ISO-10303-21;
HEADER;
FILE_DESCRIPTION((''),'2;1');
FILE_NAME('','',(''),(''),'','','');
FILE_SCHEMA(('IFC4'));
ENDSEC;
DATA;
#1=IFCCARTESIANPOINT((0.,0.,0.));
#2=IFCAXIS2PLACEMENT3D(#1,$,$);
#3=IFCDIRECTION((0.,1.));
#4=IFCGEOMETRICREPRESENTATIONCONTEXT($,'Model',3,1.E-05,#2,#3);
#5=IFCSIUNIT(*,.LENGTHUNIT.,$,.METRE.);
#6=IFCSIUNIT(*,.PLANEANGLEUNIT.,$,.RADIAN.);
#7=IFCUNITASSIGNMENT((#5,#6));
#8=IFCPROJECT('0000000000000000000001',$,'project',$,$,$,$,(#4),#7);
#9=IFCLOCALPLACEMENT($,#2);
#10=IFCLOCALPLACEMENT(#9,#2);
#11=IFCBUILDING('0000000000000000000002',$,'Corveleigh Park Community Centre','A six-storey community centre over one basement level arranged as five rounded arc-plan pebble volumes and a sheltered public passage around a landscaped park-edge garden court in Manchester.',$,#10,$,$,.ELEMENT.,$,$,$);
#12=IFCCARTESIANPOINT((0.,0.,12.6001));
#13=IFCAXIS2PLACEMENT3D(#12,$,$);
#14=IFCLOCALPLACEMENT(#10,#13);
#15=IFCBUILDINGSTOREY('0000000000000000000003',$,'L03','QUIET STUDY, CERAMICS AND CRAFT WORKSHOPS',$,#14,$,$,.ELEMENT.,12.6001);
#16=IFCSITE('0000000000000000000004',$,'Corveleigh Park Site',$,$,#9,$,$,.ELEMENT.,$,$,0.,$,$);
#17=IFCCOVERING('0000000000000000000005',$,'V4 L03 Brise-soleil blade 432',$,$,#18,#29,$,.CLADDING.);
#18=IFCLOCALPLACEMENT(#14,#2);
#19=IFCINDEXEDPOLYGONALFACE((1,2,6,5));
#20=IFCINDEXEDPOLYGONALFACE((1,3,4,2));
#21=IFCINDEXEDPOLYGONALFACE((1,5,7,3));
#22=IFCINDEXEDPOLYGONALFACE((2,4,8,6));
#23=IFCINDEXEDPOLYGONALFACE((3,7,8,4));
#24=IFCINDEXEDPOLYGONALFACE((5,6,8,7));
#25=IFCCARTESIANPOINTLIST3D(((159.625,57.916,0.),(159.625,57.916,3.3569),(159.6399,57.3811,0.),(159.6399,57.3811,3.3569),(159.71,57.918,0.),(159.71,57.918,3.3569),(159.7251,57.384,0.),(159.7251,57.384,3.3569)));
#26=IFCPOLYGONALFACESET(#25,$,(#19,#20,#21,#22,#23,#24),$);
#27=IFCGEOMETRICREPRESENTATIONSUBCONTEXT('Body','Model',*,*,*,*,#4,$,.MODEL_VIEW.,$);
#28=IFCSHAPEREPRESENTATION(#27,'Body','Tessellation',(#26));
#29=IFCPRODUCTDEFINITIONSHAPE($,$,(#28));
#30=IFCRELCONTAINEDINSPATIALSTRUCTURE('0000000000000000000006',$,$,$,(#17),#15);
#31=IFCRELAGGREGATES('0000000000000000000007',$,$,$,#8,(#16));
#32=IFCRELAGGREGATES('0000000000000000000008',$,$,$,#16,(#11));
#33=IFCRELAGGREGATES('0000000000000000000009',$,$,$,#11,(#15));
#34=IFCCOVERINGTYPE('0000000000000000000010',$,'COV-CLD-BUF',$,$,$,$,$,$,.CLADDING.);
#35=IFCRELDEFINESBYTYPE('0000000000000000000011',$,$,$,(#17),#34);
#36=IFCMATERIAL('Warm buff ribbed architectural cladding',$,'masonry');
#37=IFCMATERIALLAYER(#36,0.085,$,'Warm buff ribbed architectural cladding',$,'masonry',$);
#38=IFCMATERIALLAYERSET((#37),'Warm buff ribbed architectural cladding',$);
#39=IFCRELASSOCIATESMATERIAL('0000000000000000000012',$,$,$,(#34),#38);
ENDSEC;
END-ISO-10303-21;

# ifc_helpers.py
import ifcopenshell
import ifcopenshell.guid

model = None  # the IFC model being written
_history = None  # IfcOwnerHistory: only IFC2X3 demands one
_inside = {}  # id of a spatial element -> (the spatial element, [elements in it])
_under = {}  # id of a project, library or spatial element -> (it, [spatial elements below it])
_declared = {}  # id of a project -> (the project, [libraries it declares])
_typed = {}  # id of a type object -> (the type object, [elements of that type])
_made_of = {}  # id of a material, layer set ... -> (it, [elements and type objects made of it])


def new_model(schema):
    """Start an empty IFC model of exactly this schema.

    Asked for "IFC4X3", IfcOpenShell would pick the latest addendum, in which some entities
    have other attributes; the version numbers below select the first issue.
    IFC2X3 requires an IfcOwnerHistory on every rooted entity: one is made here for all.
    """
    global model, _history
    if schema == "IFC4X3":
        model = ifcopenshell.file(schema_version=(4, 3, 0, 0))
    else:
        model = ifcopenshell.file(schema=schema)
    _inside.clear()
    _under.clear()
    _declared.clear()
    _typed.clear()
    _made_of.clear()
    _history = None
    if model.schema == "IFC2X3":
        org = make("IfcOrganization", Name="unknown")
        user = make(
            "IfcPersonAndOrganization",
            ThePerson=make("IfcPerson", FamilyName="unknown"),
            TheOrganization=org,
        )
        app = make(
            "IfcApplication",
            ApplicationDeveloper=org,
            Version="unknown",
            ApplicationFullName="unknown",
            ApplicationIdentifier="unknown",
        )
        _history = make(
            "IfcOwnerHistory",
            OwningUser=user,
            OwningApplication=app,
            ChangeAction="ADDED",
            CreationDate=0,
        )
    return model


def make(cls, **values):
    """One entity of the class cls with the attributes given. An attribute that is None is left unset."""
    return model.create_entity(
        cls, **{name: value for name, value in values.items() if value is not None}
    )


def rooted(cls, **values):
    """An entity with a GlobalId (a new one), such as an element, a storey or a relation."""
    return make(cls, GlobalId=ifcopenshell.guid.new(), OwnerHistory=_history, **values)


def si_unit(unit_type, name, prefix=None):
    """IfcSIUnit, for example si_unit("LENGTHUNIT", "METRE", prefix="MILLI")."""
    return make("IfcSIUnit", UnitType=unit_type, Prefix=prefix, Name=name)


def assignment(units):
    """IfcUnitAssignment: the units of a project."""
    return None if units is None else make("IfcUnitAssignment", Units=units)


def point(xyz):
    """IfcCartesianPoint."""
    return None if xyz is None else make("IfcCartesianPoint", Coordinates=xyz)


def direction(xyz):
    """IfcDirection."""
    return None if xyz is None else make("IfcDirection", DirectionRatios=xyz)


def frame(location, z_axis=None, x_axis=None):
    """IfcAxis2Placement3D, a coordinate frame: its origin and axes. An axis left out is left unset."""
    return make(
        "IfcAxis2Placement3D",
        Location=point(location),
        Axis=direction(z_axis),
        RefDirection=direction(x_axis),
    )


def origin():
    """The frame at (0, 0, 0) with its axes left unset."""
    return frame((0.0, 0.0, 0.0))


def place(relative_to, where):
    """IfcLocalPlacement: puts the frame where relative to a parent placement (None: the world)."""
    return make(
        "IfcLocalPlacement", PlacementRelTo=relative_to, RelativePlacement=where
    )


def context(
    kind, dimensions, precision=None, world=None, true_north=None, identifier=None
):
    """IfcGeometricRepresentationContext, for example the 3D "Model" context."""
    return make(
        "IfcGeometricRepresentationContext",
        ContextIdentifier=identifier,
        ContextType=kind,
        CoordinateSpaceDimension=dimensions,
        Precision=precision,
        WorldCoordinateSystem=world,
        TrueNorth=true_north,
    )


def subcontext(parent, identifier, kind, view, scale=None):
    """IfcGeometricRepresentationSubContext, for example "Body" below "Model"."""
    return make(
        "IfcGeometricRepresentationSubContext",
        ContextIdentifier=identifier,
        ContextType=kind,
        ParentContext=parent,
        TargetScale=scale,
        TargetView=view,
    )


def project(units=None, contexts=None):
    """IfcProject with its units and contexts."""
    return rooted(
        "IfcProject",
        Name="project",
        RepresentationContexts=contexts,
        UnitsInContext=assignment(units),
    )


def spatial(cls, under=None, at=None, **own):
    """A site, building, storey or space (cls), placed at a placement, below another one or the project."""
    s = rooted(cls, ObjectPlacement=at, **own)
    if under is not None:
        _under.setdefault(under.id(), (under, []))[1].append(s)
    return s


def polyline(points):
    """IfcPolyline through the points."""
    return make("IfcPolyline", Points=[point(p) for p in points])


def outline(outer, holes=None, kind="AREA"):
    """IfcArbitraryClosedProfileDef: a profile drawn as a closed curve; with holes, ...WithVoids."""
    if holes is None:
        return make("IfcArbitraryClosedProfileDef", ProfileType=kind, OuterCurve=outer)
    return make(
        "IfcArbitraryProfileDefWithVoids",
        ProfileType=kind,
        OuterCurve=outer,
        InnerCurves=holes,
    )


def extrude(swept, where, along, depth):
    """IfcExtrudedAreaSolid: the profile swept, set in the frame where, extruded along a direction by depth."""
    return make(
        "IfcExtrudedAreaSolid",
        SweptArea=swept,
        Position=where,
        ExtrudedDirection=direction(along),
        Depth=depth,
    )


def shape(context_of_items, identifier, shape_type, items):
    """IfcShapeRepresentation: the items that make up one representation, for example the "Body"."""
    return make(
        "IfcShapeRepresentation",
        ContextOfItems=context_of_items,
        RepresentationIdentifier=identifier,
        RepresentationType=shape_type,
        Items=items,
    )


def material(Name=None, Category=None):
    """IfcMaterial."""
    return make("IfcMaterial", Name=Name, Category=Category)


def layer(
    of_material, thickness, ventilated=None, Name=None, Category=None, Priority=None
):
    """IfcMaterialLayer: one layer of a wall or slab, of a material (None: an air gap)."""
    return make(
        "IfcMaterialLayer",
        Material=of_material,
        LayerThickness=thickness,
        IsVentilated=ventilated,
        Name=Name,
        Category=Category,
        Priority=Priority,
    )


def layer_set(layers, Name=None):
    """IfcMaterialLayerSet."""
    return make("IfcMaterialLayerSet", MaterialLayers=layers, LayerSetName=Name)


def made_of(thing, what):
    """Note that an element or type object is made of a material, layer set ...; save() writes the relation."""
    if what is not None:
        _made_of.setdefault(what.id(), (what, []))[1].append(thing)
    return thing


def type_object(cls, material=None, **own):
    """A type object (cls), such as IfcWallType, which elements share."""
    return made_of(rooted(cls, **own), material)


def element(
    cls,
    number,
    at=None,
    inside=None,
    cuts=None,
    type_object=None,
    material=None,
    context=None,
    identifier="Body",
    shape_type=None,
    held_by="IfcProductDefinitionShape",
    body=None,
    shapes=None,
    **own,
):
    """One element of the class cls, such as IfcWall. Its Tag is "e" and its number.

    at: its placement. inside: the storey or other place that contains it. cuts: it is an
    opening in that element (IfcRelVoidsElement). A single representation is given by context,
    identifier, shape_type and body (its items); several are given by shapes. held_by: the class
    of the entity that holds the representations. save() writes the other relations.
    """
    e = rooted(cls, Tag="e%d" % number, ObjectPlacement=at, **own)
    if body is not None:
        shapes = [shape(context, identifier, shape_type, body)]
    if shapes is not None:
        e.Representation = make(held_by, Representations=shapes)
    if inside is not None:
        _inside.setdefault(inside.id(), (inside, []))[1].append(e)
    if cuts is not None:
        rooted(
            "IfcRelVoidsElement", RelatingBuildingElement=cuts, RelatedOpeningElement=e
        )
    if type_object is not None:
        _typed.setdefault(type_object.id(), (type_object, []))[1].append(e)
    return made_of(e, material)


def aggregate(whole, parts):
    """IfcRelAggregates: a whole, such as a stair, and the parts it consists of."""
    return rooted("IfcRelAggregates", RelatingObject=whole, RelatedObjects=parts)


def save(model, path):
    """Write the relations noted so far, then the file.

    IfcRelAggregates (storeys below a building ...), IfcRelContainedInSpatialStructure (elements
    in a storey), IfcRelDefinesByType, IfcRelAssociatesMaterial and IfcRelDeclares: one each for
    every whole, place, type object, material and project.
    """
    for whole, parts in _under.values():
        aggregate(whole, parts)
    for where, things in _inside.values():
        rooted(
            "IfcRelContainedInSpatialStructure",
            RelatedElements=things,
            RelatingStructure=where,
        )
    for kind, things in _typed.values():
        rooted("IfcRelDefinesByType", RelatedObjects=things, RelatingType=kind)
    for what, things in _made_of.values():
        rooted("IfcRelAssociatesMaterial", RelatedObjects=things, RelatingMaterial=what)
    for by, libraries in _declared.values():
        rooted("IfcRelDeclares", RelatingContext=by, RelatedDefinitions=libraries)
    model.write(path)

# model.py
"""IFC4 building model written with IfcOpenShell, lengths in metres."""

from ifc_helpers import new_model, si_unit, direction, frame, origin, place, context, subcontext, project, spatial, polyline, outline, extrude, material, layer, layer_set, type_object, element, save


model = new_model("IFC4")

# Units and contexts
model_context = context("Model", 3, precision=1e-05, world=origin(), true_north=direction((0.0, 1.0)))
body_context = subcontext(model_context, "Body", "Model", "MODEL_VIEW")
ifc_project = project(units=[si_unit("LENGTHUNIT", "METRE"), si_unit("PLANEANGLEUNIT", "RADIAN")], contexts=[model_context])

# Site, building, storey
site_placement = place(None, origin())
site = spatial("IfcSite", under=ifc_project, at=site_placement, Name="Corveleigh Park Site", CompositionType="ELEMENT", RefElevation=0.0)
building_placement = place(site_placement, origin())
building = spatial("IfcBuilding", under=site, at=building_placement, Name="Corveleigh Park Community Centre", Description="A six-storey community centre over one basement level arranged as five rounded arc-plan pebble volumes and a sheltered public passage around a landscaped park-edge garden court in Manchester.", CompositionType="ELEMENT")
storey_placement = place(building_placement, frame((0.0, 0.0, 12.6001)))
storey = spatial("IfcBuildingStorey", under=building, at=storey_placement, Name="L03", Description="QUIET STUDY, CERAMICS AND CRAFT WORKSHOPS", CompositionType="ELEMENT", Elevation=12.6001)

# Covering
ifc_material_1 = material(Name="Warm buff ribbed architectural cladding", Category="masonry")
ifc_layer_1 = layer(ifc_material_1, 0.085, Name="Warm buff ribbed architectural cladding", Category="masonry")
ifc_layer_set_1 = layer_set([ifc_layer_1], Name="Warm buff ribbed architectural cladding")
covering_type = type_object("IfcCoveringType", Name="COV-CLD-BUF", PredefinedType="CLADDING", material=ifc_layer_set_1)
covering_1_placement = place(storey_placement, origin())
element("IfcCovering", 1, at=covering_1_placement, inside=storey, type_object=covering_type, Name="V4 L03 Brise-soleil blade 432", PredefinedType="CLADDING", context=body_context, shape_type="SweptSolid", body=[
    extrude(outline(polyline([(159.71, 57.918), (159.625, 57.916), (159.6399, 57.3811), (159.7251, 57.384), (159.71, 57.918)])), origin(), (0.0, 0.0, 1.0), 3.3569),
])

save(model, "model.ifc")
